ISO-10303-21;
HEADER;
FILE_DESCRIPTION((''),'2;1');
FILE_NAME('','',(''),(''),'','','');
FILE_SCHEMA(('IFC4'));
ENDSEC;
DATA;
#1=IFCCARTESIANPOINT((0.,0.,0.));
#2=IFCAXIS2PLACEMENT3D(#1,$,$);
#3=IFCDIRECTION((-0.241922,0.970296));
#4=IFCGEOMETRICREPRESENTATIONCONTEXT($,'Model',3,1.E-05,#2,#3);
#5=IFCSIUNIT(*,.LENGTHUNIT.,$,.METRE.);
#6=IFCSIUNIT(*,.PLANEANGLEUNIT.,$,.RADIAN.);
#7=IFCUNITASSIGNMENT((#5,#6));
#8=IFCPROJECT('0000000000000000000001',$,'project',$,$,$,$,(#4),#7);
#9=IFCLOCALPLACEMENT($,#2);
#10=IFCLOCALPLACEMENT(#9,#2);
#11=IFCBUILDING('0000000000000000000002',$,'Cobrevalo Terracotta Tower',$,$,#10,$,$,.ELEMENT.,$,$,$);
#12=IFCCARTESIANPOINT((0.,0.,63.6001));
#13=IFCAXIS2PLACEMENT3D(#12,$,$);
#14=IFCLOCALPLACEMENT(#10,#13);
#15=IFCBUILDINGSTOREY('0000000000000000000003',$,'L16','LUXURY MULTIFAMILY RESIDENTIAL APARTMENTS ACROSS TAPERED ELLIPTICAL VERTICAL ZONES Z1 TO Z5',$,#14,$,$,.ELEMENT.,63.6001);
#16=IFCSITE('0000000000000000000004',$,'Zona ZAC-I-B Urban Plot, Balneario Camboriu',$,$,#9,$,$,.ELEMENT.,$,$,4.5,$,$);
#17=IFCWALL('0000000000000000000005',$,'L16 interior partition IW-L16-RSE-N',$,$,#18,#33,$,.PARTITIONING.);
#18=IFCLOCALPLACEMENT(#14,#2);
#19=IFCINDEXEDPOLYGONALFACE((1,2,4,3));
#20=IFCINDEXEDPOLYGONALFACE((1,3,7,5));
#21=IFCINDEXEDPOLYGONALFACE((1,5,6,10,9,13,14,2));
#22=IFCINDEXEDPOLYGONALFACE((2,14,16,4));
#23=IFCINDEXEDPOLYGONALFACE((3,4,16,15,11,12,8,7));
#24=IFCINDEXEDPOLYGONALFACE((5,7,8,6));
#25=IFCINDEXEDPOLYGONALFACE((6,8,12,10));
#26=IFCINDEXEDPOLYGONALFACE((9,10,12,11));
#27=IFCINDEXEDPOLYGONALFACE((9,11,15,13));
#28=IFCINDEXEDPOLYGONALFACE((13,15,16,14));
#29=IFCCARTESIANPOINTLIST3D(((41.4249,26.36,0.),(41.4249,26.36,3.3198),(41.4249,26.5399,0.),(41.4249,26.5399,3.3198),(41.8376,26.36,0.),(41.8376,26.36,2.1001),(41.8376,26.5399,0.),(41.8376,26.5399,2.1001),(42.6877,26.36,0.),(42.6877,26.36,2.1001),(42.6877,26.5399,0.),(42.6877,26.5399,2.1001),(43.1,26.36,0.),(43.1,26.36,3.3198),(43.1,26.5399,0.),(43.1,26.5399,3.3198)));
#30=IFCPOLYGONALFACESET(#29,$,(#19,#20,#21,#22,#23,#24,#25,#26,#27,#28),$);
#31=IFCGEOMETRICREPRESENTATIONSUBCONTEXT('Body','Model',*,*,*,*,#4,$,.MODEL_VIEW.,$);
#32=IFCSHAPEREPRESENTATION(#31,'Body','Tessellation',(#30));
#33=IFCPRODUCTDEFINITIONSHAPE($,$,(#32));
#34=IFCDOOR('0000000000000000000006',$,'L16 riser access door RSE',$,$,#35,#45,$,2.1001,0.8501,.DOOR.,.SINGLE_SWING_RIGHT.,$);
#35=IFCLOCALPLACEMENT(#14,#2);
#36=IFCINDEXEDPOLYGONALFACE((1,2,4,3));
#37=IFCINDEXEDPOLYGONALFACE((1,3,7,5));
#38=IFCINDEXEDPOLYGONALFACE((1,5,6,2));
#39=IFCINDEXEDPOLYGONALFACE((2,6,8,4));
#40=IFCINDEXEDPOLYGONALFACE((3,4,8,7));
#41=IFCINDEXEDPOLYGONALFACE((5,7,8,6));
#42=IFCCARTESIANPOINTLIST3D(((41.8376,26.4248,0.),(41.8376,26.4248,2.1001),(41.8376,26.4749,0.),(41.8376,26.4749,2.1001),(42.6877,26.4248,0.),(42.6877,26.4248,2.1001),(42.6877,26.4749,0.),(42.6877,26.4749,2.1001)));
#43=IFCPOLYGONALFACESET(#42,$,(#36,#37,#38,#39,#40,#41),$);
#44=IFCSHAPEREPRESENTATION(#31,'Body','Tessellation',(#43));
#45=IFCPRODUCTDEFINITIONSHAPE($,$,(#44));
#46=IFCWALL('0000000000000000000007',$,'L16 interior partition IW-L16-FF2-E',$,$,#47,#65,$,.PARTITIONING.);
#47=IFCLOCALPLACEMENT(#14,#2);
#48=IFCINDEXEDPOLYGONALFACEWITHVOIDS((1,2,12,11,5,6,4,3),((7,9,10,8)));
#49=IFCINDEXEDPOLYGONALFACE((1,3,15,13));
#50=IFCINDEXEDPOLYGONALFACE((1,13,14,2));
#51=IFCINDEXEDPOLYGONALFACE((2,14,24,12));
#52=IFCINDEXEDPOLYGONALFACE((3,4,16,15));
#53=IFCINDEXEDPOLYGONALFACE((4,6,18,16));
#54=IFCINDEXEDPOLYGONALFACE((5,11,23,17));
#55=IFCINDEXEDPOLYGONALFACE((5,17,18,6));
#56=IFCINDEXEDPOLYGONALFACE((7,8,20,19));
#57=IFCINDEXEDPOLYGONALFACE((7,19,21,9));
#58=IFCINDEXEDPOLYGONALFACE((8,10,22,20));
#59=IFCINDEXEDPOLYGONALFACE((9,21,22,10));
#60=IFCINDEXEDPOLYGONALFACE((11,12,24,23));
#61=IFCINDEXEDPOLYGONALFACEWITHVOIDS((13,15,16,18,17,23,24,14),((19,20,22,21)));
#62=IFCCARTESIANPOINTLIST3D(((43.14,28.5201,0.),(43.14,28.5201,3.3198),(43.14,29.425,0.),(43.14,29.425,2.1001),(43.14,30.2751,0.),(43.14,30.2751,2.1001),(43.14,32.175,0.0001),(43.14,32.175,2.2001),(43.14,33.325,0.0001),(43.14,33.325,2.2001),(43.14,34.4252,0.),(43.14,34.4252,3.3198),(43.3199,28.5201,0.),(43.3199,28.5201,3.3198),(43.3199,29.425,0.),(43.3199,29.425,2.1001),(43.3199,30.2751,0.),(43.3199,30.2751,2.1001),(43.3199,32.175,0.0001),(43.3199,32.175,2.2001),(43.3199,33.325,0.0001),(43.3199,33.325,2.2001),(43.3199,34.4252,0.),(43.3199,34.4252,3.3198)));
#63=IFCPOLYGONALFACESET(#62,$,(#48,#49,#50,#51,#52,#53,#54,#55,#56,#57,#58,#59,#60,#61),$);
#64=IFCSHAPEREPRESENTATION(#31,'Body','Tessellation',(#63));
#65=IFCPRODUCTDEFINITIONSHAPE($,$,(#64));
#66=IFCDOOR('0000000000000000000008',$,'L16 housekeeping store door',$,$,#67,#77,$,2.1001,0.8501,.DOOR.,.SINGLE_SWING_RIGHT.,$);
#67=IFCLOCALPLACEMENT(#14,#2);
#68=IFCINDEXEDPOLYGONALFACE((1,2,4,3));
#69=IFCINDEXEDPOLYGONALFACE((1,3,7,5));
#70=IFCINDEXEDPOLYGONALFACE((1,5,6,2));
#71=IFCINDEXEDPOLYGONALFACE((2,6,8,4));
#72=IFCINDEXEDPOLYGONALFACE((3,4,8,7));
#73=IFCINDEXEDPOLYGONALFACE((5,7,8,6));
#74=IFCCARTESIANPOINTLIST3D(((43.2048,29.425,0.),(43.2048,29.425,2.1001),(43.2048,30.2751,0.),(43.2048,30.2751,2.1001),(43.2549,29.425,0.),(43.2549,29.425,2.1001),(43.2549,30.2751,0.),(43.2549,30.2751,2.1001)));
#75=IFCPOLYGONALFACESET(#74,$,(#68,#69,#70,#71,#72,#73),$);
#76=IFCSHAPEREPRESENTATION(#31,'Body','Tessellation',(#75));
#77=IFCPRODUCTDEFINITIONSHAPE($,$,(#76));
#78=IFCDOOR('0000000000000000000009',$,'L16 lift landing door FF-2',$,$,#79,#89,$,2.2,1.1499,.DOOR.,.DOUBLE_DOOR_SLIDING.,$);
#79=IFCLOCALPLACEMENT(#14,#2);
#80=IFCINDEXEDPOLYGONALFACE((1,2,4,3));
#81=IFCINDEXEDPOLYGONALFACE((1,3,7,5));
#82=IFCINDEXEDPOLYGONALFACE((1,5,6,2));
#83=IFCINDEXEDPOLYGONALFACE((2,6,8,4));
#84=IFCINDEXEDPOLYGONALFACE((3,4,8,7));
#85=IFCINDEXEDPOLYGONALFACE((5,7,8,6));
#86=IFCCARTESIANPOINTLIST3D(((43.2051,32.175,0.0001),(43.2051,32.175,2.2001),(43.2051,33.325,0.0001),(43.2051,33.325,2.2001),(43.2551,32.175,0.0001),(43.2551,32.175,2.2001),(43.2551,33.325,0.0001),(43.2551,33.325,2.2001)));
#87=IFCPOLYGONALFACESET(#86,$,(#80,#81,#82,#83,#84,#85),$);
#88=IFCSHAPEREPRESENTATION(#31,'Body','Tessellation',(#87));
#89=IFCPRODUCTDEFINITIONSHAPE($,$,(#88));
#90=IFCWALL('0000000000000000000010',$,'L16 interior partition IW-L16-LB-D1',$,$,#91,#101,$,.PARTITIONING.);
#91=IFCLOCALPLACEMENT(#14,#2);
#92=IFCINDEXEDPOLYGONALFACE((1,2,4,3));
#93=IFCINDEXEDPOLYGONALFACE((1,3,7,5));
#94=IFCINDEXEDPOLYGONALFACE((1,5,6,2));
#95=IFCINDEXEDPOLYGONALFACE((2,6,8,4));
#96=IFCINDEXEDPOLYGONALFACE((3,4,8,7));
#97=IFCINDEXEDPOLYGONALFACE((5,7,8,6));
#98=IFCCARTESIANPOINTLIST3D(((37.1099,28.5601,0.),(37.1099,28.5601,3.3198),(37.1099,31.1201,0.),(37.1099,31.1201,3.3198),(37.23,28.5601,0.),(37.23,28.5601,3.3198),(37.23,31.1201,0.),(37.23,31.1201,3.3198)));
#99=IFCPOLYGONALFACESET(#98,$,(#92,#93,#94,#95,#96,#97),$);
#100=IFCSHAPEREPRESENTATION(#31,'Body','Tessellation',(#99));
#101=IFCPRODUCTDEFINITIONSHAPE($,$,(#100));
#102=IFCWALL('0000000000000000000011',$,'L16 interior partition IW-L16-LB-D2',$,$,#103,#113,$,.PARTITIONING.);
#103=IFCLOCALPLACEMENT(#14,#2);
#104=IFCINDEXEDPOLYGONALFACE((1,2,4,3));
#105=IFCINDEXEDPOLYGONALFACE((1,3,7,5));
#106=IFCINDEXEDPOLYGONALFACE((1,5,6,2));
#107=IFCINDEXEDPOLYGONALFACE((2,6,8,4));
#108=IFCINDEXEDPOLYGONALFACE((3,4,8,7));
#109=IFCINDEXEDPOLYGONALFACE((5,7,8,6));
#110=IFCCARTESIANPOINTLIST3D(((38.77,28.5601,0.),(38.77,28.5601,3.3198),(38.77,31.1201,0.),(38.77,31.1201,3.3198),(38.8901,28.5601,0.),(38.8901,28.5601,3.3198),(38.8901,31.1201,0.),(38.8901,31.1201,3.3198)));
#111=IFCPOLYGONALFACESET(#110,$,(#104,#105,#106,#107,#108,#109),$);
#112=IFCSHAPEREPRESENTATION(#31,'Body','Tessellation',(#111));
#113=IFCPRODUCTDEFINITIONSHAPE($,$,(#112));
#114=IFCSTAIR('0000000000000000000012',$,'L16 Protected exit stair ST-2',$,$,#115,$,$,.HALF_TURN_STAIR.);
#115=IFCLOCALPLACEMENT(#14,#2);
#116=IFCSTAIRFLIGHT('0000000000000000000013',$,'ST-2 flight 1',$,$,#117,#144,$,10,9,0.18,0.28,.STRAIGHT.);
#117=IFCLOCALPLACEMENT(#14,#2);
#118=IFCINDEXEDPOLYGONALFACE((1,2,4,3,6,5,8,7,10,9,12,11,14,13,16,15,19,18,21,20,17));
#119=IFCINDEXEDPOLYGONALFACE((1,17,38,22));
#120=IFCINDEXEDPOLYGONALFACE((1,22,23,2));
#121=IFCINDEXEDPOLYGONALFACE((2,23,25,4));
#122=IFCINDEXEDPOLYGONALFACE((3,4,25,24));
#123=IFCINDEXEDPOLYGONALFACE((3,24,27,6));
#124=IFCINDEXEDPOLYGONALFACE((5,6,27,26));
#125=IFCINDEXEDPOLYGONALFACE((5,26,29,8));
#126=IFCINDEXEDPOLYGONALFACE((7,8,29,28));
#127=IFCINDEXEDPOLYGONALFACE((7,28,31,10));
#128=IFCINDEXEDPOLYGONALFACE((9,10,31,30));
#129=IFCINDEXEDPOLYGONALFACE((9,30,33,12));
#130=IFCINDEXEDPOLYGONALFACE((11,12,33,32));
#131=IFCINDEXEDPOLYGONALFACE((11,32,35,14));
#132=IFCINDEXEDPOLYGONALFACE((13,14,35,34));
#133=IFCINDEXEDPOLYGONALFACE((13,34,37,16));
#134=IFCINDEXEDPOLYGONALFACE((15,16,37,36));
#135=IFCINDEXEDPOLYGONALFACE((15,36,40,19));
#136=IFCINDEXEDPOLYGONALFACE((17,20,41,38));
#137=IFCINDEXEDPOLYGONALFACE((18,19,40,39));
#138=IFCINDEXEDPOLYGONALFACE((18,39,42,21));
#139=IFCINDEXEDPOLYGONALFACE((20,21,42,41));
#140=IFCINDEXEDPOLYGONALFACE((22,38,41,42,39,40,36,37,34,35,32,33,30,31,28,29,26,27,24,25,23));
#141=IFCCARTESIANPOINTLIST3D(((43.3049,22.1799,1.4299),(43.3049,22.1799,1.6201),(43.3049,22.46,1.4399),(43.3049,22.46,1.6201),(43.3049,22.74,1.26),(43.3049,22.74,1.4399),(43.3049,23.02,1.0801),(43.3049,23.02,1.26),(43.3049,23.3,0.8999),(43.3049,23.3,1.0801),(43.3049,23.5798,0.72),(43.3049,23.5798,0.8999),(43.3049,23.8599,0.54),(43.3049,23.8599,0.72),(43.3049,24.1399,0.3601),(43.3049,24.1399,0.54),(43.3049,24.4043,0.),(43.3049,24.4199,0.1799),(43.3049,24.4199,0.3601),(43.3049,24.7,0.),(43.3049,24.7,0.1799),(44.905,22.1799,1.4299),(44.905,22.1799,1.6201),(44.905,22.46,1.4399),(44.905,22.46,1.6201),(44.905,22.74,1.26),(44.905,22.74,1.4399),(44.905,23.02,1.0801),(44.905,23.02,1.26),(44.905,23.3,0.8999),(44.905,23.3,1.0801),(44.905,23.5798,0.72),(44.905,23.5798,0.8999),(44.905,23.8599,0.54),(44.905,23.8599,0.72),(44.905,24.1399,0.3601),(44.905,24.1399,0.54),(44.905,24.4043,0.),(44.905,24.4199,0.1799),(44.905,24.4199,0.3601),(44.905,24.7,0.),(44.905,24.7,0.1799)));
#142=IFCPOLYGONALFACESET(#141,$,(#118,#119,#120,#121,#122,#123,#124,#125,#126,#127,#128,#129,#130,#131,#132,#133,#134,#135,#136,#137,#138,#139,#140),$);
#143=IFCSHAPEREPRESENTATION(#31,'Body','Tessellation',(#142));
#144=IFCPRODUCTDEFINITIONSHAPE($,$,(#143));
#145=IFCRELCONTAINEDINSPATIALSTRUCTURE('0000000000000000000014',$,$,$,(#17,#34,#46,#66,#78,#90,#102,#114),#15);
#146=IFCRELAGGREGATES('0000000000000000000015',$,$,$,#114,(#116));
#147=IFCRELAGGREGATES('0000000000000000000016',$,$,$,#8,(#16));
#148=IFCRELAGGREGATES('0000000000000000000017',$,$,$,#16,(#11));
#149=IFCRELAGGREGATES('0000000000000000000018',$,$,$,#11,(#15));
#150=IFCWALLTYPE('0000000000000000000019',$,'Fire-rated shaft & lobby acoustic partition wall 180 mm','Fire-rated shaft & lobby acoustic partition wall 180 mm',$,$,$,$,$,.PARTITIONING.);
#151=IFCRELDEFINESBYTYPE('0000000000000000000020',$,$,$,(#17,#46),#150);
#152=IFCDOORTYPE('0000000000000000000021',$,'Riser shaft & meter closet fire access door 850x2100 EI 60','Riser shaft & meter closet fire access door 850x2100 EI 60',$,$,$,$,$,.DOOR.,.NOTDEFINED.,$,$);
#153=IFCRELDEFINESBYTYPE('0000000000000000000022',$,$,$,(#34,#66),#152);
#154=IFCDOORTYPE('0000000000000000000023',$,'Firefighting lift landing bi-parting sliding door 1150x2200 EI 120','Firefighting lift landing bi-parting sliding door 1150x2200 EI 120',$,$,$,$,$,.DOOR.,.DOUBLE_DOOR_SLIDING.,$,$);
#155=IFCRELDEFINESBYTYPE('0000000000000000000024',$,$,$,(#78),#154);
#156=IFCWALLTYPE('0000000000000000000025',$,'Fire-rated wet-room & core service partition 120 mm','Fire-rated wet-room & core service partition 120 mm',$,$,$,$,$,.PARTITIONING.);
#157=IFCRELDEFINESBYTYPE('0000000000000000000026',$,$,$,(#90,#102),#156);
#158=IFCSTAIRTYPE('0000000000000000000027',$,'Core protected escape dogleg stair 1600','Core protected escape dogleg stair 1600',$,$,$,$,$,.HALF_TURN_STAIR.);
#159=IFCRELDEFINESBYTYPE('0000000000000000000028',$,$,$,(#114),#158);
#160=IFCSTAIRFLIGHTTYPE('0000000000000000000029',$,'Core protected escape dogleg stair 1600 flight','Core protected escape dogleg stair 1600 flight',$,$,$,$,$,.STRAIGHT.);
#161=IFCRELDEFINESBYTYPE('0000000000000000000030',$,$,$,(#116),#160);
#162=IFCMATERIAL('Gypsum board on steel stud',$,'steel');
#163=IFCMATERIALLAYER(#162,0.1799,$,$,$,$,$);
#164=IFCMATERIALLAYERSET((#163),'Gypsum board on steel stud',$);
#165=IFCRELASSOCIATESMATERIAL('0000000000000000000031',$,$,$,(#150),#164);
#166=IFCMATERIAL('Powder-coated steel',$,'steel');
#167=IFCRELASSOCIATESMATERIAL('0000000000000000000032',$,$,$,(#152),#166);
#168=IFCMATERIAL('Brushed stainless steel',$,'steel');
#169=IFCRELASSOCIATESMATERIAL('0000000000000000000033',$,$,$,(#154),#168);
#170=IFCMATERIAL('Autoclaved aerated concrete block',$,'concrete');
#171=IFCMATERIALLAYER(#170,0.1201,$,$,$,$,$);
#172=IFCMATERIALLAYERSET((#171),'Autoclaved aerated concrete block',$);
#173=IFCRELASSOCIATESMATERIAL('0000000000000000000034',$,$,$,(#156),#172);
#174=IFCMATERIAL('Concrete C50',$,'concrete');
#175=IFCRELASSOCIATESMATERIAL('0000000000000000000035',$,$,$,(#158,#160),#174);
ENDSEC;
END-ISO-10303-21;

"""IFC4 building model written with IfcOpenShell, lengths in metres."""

from ifc_helpers import new_model, si_unit, direction, frame, frame_2d, origin, place, context, subcontext, project, spatial, polyline, rectangle, outline, extrude, source, transform, mapped, material, layer, layer_set, type_object, element, fill, aggregate, save


model = new_model("IFC4")

# Units and contexts
model_context = context("Model", 3, precision=1e-05, world=origin(), true_north=direction((-0.241922, 0.970296)))
body_context = subcontext(model_context, "Body", "Model", "MODEL_VIEW")
ifc_project = project(units=[si_unit("LENGTHUNIT", "METRE"), si_unit("PLANEANGLEUNIT", "RADIAN")], contexts=[model_context])

# Site, building, storey
site_placement = place(None, origin())
site = spatial("IfcSite", under=ifc_project, at=site_placement, Name="Zona ZAC-I-B Urban Plot, Balneario Camboriu", CompositionType="ELEMENT", RefElevation=4.5)
building_placement = place(site_placement, origin())
building = spatial("IfcBuilding", under=site, at=building_placement, Name="Cobrevalo Terracotta Tower", CompositionType="ELEMENT")
storey_placement = place(building_placement, frame((0.0, 0.0, 63.6001)))
storey = spatial("IfcBuildingStorey", under=building, at=storey_placement, Name="L16", Description="LUXURY MULTIFAMILY RESIDENTIAL APARTMENTS ACROSS TAPERED ELLIPTICAL VERTICAL ZONES Z1 TO Z5", CompositionType="ELEMENT", Elevation=63.6001)

# Shared definitions
ifc_material_1 = material(Name="Gypsum board on steel stud", Category="steel")

# Shared definitions
ifc_material_2 = material(Name="Brushed stainless steel", Category="steel")

# Wall, opening, door
ifc_layer_1 = layer(ifc_material_1, 0.1799)
ifc_layer_set_1 = layer_set([ifc_layer_1], Name="Gypsum board on steel stud")
wall_type_1 = type_object("IfcWallType", Name="Fire-rated shaft & lobby acoustic partition wall 180 mm", Description="Fire-rated shaft & lobby acoustic partition wall 180 mm", PredefinedType="PARTITIONING", material=ifc_layer_set_1)
wall_1_placement = place(storey_placement, frame((41.425, 26.45, 0.0), z_axis=(0.0, 0.0, 1.0), x_axis=(1.0, 0.0, 0.0)))
wall_1 = element("IfcWall", 1, at=wall_1_placement, inside=storey, type_object=wall_type_1, Name="L16 interior partition IW-L16-RSE-N", PredefinedType="PARTITIONING", context=body_context, shape_type="SweptSolid", body=[
    extrude(rectangle(XDim=1.675, YDim=0.1799, at=frame_2d((0.8374, 0.0))), origin(), (0.0, 0.0, 1.0), 3.3198),
])
opening_1_placement = place(wall_1_placement, frame((0.4126, 0.0, 0.0)))
opening_1 = element("IfcOpeningElement", 2, at=opening_1_placement, cuts=wall_1, PredefinedType="OPENING", context=body_context, shape_type="SweptSolid", body=[
    extrude(rectangle(XDim=0.8501, YDim=2.1001, at=frame_2d((0.425, 1.05))), frame((0.0, 0.1001, 0.0), z_axis=(0.0, -1.0, 0.0), x_axis=(1.0, 0.0, 0.0)), (0.0, 0.0, 1.0), 0.2),
])
ifc_material_3 = material(Name="Powder-coated steel", Category="steel")
door_type_1 = type_object("IfcDoorType", Name="Riser shaft & meter closet fire access door 850x2100 EI 60", Description="Riser shaft & meter closet fire access door 850x2100 EI 60", OperationType="NOTDEFINED", PredefinedType="DOOR", material=ifc_material_3)
shared_shape_1 = source(origin(), body_context, "Body", "SweptSolid", [
    extrude(rectangle(XDim=0.8501, YDim=2.1001, at=frame_2d((0.425, 1.05))), frame((0.0, 0.0249, 0.0), z_axis=(0.0, -1.0, 0.0), x_axis=(1.0, 0.0, 0.0)), (0.0, 0.0, 1.0), 0.05),
])
door_1_placement = place(opening_1_placement, origin())
door_1 = element("IfcDoor", 3, at=door_1_placement, inside=storey, type_object=door_type_1, Name="L16 riser access door RSE", OperationType="SINGLE_SWING_RIGHT", OverallHeight=2.1001, OverallWidth=0.8501, PredefinedType="DOOR", context=body_context, shape_type="MappedRepresentation", body=[
    mapped(shared_shape_1, transform((0.0, 0.0, 0.0), scale=1.0)),
])
fill(opening_1, door_1)

# Wall, openings, doors
wall_2_placement = place(storey_placement, frame((43.23, 28.52, 0.0), z_axis=(0.0, 0.0, 1.0), x_axis=(0.0, 1.0, 0.0)))
wall_2 = element("IfcWall", 4, at=wall_2_placement, inside=storey, type_object=wall_type_1, Name="L16 interior partition IW-L16-FF2-E", PredefinedType="PARTITIONING", context=body_context, shape_type="SweptSolid", body=[
    extrude(rectangle(XDim=5.905, YDim=0.1799, at=frame_2d((2.9526, 0.0))), origin(), (0.0, 0.0, 1.0), 3.3198),
])
opening_2_placement = place(wall_2_placement, frame((0.905, 0.0, 0.0)))
opening_2 = element("IfcOpeningElement", 5, at=opening_2_placement, cuts=wall_2, PredefinedType="OPENING", context=body_context, shape_type="SweptSolid", body=[
    extrude(rectangle(XDim=0.8501, YDim=2.1001, at=frame_2d((0.425, 1.05))), frame((0.0, 0.1001, 0.0), z_axis=(0.0, -1.0, 0.0), x_axis=(1.0, 0.0, 0.0)), (0.0, 0.0, 1.0), 0.2),
])
opening_3_placement = place(wall_2_placement, frame((3.655, 0.0, 0.0)))
opening_3 = element("IfcOpeningElement", 6, at=opening_3_placement, cuts=wall_2, PredefinedType="OPENING", context=body_context, shape_type="SweptSolid", body=[
    extrude(rectangle(XDim=1.1499, YDim=2.2, at=frame_2d((0.575, 1.1001))), frame((0.0, 0.1001, 0.0), z_axis=(0.0, -1.0, 0.0), x_axis=(1.0, 0.0, 0.0)), (0.0, 0.0, 1.0), 0.2),
])
door_2_placement = place(opening_2_placement, frame((0.8501, 0.0, 0.0), z_axis=(0.0, 0.0, 1.0), x_axis=(-1.0, 0.0, 0.0)))
door_2 = element("IfcDoor", 7, at=door_2_placement, inside=storey, type_object=door_type_1, Name="L16 housekeeping store door", OperationType="SINGLE_SWING_RIGHT", OverallHeight=2.1001, OverallWidth=0.8501, PredefinedType="DOOR", context=body_context, shape_type="MappedRepresentation", body=[
    mapped(shared_shape_1, transform((0.0, 0.0, 0.0), scale=1.0)),
])
fill(opening_2, door_2)
door_type_2 = type_object("IfcDoorType", Name="Firefighting lift landing bi-parting sliding door 1150x2200 EI 120", Description="Firefighting lift landing bi-parting sliding door 1150x2200 EI 120", OperationType="DOUBLE_DOOR_SLIDING", PredefinedType="DOOR", material=ifc_material_2)
shared_shape_2 = source(origin(), body_context, "Body", "SweptSolid", [
    extrude(rectangle(XDim=1.1499, YDim=2.2, at=frame_2d((0.575, 1.1001))), frame((0.0, 0.0249, 0.0), z_axis=(0.0, -1.0, 0.0), x_axis=(1.0, 0.0, 0.0)), (0.0, 0.0, 1.0), 0.05),
])
door_3_placement = place(opening_3_placement, origin())
door_3 = element("IfcDoor", 8, at=door_3_placement, inside=storey, type_object=door_type_2, Name="L16 lift landing door FF-2", OperationType="DOUBLE_DOOR_SLIDING", OverallHeight=2.2, OverallWidth=1.1499, PredefinedType="DOOR", context=body_context, shape_type="MappedRepresentation", body=[
    mapped(shared_shape_2, transform((0.0, 0.0, 0.0), scale=1.0)),
])
fill(opening_3, door_3)

# Walls
ifc_material_4 = material(Name="Autoclaved aerated concrete block", Category="concrete")
ifc_layer_2 = layer(ifc_material_4, 0.1201)
ifc_layer_set_2 = layer_set([ifc_layer_2], Name="Autoclaved aerated concrete block")
wall_type_2 = type_object("IfcWallType", Name="Fire-rated wet-room & core service partition 120 mm", Description="Fire-rated wet-room & core service partition 120 mm", PredefinedType="PARTITIONING", material=ifc_layer_set_2)
for number, where, z_axis, x_axis, name in (
    (9, (37.1699, 28.5601, 0.0), (0.0, 0.0, 1.0), (0.0, 1.0, 0.0), "L16 interior partition IW-L16-LB-D1"),
    (10, (38.8301, 28.5601, 0.0), (0.0, 0.0, 1.0), (0.0, 1.0, 0.0), "L16 interior partition IW-L16-LB-D2"),
):
    element("IfcWall", number, at=place(storey_placement, frame(where, z_axis=z_axis, x_axis=x_axis)), inside=storey, type_object=wall_type_2, Name=name, PredefinedType="PARTITIONING", context=body_context, shape_type="SweptSolid", body=[
        extrude(rectangle(XDim=2.5601, YDim=0.1201, at=frame_2d((1.28, 0.0))), origin(), (0.0, 0.0, 1.0), 3.3198),
    ])

# Shared definitions
ifc_material_5 = material(Name="Concrete C50", Category="concrete")

# Stair, stair flight
stair_type = type_object("IfcStairType", Name="Core protected escape dogleg stair 1600", Description="Core protected escape dogleg stair 1600", PredefinedType="HALF_TURN_STAIR", material=ifc_material_5)
stair_placement = place(storey_placement, origin())
stair = element("IfcStair", 11, at=stair_placement, inside=storey, type_object=stair_type, Name="L16 Protected exit stair ST-2", PredefinedType="HALF_TURN_STAIR")
stair_flight_type = type_object("IfcStairFlightType", Name="Core protected escape dogleg stair 1600 flight", Description="Core protected escape dogleg stair 1600 flight", PredefinedType="STRAIGHT", material=ifc_material_5)
stair_flight_placement = place(storey_placement, frame((44.105, 24.7, 0.0), z_axis=(0.0, 0.0, 1.0), x_axis=(0.0, -1.0, 0.0)))
stair_flight = element("IfcStairFlight", 12, at=stair_flight_placement, type_object=stair_flight_type, Name="ST-2 flight 1", NumberOfRisers=10, NumberOfTreads=9, PredefinedType="STRAIGHT", RiserHeight=0.18, TreadLength=0.28, context=body_context, shape_type="SweptSolid", body=[
    extrude(outline(polyline([(0.0, 0.0), (0.0, 0.1799), (0.28, 0.1799), (0.28, 0.3601), (0.5601, 0.3601), (0.5601, 0.54), (0.8401, 0.54), (0.8401, 0.72), (1.1201, 0.72), (1.1201, 0.8999), (1.3999, 0.8999), (1.3999, 1.0801), (1.6799, 1.0801), (1.6799, 1.26), (1.96, 1.26), (1.96, 1.4399), (2.24, 1.4399), (2.24, 1.6201), (2.52, 1.6201), (2.52, 1.8), (2.52, 1.4299), (0.2957, 0.0), (0.0, 0.0)])), frame((0.0, 0.8, 0.0), z_axis=(0.0, -1.0, 0.0), x_axis=(1.0, 0.0, 0.0)), (0.0, 0.0, 1.0), 1.6001),
])
aggregate(stair, [stair_flight])

save(model, "model.ifc")
